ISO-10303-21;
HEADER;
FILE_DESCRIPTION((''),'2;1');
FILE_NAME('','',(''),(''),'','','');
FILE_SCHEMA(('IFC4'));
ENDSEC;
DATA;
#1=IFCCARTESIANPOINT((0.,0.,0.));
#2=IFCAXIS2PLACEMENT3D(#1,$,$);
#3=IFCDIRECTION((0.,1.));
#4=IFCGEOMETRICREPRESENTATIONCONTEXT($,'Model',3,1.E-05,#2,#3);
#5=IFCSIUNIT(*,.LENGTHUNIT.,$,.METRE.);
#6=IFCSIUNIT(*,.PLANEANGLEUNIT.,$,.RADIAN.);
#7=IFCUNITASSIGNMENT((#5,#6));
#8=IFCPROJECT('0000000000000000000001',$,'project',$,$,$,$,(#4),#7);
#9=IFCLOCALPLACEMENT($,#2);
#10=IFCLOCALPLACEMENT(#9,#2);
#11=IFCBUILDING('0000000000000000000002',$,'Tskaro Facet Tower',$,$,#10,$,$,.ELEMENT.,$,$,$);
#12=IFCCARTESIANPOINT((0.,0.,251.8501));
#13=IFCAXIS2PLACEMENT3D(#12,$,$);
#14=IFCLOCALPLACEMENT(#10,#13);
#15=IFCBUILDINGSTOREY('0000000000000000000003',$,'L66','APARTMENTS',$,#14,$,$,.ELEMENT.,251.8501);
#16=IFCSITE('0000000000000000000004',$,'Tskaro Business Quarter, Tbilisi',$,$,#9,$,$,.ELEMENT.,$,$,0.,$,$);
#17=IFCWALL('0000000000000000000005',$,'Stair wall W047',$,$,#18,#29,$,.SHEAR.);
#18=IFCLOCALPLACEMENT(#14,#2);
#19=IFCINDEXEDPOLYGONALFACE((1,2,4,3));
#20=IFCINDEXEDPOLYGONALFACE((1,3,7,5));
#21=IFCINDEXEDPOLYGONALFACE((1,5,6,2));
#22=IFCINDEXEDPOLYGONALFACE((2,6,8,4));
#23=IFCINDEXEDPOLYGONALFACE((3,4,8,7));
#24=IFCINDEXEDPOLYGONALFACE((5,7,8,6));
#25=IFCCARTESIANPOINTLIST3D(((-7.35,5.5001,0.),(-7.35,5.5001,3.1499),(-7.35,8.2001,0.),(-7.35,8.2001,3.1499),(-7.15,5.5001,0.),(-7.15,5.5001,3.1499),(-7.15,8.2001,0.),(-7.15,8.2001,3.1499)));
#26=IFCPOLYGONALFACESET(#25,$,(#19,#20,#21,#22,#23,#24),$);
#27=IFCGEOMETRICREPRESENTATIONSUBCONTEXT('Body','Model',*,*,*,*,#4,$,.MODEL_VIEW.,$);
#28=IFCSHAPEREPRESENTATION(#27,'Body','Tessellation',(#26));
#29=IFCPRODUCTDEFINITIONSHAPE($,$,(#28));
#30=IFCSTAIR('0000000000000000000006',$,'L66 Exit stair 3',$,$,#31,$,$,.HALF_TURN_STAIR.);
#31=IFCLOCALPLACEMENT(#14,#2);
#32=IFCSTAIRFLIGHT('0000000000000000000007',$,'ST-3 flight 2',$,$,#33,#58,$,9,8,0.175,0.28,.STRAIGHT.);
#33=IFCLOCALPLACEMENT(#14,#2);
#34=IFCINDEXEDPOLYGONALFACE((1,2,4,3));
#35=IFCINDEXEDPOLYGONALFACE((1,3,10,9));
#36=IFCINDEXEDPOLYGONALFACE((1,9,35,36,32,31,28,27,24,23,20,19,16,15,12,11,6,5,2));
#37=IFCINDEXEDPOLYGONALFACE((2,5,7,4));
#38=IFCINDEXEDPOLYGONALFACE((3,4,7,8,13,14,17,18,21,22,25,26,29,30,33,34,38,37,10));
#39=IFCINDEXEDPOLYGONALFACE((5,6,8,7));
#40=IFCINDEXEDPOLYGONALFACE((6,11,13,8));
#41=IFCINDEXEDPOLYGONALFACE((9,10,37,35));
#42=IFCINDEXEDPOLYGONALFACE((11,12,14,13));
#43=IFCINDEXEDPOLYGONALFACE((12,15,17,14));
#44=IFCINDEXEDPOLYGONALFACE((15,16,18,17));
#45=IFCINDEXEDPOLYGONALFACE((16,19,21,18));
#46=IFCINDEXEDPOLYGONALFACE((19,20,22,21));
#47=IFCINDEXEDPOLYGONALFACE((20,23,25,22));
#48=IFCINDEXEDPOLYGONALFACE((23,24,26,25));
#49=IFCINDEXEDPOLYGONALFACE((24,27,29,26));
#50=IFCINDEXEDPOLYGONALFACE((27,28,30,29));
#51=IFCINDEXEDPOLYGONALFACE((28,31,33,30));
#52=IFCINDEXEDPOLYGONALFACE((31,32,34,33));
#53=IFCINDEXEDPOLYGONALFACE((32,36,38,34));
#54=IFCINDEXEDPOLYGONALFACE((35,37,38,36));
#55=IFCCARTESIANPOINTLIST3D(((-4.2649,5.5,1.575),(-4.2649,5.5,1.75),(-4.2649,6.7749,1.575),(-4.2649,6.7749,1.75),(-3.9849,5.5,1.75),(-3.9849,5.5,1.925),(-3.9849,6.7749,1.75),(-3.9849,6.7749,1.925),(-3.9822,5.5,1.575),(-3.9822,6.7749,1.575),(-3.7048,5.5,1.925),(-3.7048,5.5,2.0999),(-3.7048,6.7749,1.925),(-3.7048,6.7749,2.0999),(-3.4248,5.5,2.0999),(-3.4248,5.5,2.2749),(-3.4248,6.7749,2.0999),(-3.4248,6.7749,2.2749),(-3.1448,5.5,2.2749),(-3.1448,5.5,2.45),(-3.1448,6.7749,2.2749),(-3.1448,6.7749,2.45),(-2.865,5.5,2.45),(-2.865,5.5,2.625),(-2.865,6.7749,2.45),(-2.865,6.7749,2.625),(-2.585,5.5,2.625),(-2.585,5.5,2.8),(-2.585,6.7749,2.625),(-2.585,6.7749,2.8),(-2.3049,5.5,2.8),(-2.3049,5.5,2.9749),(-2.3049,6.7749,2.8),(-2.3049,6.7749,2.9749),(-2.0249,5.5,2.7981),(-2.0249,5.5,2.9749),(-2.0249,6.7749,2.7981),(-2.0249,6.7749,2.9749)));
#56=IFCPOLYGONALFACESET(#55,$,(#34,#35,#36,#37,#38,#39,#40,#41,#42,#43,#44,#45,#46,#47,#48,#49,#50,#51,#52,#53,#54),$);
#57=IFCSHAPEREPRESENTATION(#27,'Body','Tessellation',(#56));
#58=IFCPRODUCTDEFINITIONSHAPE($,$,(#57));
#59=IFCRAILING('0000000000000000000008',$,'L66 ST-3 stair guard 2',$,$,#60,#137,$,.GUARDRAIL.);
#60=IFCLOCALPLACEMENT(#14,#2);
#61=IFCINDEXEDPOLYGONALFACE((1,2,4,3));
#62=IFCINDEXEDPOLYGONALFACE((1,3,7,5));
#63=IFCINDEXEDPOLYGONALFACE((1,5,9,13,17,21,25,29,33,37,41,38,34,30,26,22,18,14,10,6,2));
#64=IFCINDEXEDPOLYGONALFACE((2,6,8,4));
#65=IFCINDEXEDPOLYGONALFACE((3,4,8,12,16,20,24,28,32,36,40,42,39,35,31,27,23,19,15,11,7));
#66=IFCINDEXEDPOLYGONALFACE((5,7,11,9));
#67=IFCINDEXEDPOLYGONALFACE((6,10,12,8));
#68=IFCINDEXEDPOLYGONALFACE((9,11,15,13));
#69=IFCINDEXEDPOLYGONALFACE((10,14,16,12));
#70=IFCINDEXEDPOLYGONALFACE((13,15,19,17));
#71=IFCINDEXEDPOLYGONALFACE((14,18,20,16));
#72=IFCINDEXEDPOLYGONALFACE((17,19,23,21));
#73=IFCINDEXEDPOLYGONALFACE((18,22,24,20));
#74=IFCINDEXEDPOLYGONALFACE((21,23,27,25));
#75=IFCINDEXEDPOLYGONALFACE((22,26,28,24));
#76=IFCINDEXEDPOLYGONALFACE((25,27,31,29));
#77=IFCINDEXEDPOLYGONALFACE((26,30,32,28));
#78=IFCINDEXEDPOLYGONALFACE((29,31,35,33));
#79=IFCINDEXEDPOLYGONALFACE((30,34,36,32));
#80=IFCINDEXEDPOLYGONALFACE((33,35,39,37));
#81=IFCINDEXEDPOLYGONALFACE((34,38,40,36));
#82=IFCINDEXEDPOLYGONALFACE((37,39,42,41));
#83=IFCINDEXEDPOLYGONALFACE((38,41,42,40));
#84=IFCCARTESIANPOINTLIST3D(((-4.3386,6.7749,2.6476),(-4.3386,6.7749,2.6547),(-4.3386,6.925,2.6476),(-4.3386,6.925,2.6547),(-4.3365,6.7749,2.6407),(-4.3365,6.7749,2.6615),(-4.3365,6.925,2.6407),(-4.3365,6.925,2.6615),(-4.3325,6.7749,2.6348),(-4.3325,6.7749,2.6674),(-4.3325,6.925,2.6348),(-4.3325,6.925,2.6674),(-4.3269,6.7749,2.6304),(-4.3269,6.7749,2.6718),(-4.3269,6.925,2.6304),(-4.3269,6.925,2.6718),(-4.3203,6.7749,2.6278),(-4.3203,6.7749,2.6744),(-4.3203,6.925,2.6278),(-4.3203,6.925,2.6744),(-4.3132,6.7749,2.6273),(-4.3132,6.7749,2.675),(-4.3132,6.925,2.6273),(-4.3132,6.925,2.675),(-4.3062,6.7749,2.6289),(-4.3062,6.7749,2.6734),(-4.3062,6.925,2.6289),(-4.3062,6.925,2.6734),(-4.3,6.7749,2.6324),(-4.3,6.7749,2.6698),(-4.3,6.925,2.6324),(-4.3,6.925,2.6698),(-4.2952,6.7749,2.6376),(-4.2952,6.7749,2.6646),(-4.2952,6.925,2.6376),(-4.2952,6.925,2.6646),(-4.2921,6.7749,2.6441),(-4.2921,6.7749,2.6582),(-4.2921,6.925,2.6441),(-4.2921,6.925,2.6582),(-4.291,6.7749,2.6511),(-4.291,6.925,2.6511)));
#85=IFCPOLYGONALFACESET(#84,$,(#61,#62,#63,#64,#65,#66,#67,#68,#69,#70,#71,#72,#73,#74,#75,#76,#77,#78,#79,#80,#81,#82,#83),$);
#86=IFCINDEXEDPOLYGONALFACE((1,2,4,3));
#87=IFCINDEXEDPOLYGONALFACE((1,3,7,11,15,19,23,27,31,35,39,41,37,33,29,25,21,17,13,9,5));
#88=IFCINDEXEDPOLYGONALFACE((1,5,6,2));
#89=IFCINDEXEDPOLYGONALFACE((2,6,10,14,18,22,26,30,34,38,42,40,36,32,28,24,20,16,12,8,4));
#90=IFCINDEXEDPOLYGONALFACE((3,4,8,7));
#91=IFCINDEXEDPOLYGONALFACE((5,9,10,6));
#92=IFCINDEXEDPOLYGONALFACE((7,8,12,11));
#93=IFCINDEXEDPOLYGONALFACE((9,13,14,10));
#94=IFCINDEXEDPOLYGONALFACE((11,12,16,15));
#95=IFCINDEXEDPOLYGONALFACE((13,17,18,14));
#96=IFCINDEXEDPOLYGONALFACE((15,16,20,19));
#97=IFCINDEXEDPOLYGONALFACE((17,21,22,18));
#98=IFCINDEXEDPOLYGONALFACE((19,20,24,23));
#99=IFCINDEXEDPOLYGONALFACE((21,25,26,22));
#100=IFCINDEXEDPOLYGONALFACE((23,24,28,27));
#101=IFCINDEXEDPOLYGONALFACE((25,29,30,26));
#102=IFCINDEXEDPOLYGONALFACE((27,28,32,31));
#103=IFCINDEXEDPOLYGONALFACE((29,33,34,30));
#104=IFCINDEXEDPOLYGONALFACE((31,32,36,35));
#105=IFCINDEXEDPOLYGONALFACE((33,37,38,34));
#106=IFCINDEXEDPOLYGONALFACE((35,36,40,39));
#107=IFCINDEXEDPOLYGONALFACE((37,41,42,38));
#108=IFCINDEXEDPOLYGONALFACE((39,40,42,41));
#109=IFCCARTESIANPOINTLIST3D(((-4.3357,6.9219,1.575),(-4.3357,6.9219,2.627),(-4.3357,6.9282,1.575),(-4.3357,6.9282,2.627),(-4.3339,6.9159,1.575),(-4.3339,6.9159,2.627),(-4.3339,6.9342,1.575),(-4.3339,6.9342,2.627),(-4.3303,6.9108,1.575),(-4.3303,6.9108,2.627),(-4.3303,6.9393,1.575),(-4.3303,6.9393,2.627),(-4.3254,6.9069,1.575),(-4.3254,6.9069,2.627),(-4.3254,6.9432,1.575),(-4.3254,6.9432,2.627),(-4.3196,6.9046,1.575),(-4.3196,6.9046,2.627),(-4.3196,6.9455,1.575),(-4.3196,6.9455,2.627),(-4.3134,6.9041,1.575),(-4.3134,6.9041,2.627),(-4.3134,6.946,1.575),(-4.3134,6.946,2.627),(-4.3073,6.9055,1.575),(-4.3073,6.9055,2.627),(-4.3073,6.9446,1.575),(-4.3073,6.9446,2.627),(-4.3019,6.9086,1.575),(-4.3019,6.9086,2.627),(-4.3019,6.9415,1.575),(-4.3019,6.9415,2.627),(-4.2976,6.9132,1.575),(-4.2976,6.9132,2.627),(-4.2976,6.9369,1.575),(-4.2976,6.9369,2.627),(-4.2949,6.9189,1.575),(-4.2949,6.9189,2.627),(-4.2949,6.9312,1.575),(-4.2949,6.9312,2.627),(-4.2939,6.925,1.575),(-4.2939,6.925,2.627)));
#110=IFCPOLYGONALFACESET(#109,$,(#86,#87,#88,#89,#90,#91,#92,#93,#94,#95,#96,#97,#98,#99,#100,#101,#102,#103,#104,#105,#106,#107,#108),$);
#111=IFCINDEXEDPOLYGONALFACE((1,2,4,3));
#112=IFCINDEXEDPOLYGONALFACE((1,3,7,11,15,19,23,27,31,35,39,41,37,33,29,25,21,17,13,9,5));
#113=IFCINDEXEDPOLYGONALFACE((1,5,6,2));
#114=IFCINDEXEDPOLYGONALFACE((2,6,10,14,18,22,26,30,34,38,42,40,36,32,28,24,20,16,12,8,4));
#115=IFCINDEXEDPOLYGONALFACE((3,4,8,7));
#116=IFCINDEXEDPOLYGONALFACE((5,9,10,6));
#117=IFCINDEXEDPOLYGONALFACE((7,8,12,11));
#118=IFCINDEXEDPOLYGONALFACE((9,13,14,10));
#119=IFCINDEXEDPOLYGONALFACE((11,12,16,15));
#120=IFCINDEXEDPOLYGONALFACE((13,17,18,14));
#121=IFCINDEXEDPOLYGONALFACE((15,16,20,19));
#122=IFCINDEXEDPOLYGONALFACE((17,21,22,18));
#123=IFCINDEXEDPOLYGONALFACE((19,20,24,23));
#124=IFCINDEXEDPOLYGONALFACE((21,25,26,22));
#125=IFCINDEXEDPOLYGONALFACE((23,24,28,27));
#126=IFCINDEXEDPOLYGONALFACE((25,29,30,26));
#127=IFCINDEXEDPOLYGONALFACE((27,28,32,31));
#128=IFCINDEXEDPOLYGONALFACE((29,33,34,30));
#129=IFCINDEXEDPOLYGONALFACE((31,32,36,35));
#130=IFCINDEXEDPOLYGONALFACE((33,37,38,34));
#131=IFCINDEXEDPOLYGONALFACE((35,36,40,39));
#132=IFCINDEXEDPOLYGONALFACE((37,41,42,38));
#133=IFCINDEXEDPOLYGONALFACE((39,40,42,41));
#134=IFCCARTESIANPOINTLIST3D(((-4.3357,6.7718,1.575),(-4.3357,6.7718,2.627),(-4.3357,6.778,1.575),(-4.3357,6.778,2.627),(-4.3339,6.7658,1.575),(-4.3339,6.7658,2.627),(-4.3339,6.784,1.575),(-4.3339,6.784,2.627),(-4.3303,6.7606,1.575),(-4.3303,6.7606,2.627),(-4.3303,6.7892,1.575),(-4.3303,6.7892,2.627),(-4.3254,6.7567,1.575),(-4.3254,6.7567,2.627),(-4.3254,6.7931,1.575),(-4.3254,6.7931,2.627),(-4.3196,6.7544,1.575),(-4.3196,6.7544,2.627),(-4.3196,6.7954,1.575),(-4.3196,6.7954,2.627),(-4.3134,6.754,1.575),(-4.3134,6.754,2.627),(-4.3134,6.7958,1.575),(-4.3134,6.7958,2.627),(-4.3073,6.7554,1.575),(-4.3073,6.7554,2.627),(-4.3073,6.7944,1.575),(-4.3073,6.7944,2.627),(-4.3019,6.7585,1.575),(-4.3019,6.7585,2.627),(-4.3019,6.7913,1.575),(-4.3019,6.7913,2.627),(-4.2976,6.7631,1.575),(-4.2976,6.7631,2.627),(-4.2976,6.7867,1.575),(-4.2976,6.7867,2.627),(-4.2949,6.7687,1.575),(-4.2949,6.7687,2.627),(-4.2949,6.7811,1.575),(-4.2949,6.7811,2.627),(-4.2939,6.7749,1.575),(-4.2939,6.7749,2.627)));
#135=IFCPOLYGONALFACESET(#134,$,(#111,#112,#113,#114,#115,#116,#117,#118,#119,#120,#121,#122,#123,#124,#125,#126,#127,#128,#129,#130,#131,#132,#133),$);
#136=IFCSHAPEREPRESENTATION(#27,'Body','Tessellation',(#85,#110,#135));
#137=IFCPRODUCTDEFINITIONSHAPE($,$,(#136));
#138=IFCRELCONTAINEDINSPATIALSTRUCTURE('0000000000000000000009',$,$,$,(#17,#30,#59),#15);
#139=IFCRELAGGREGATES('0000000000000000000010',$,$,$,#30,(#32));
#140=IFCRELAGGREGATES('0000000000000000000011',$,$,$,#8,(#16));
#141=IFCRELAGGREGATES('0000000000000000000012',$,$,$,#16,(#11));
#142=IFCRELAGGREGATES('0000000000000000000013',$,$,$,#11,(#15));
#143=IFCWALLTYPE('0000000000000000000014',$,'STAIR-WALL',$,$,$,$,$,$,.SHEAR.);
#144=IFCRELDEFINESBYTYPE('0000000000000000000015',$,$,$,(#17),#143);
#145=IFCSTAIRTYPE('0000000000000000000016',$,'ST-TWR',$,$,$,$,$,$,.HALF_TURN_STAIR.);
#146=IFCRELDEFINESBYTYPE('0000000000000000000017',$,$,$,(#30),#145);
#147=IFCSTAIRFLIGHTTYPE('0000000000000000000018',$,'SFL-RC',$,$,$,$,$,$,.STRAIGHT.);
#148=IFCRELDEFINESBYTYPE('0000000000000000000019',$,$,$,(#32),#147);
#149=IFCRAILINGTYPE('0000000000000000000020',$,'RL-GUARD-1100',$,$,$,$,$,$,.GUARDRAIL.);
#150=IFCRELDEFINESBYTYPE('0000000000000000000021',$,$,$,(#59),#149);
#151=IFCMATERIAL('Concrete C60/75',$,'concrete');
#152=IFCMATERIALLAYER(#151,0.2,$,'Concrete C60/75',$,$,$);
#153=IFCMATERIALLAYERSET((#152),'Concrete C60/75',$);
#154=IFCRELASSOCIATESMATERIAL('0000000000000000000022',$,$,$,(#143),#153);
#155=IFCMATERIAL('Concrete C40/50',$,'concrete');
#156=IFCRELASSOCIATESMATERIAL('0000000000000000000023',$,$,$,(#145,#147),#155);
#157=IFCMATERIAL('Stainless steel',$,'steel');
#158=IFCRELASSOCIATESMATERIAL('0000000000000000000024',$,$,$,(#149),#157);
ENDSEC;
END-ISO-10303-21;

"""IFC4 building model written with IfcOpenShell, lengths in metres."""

from ifc_helpers import new_model, si_unit, direction, frame, frame_2d, origin, origin_2d, place, context, subcontext, project, spatial, polyline, rectangle, circle, outline, extrude, material, layer, layer_set, type_object, element, aggregate, save


model = new_model("IFC4")

# Units and contexts
model_context = context("Model", 3, precision=1e-05, world=origin(), true_north=direction((0.0, 1.0)))
body_context = subcontext(model_context, "Body", "Model", "MODEL_VIEW")
ifc_project = project(units=[si_unit("LENGTHUNIT", "METRE"), si_unit("PLANEANGLEUNIT", "RADIAN")], contexts=[model_context])

# Site, building, storey
site_placement = place(None, origin())
site = spatial("IfcSite", under=ifc_project, at=site_placement, Name="Tskaro Business Quarter, Tbilisi", CompositionType="ELEMENT", RefElevation=0.0)
building_placement = place(site_placement, origin())
building = spatial("IfcBuilding", under=site, at=building_placement, Name="Tskaro Facet Tower", CompositionType="ELEMENT")
storey_placement = place(building_placement, frame((0.0, 0.0, 251.8501)))
storey = spatial("IfcBuildingStorey", under=building, at=storey_placement, Name="L66", Description="APARTMENTS", CompositionType="ELEMENT", Elevation=251.8501)

# Shared definitions
ifc_material_1 = material(Name="Concrete C40/50", Category="concrete")

# Shared definitions
ifc_material_2 = material(Name="Concrete C60/75", Category="concrete")
ifc_layer_1 = layer(ifc_material_2, 0.2, Name="Concrete C60/75")
ifc_layer_set_1 = layer_set([ifc_layer_1], Name="Concrete C60/75")
wall_type_1 = type_object("IfcWallType", Name="STAIR-WALL", PredefinedType="SHEAR", material=ifc_layer_set_1)

# Wall
wall_1_placement = place(storey_placement, frame((-7.25, 5.5, 0.0), z_axis=(0.0, 0.0, 1.0), x_axis=(0.0, 1.0, 0.0)))
element("IfcWall", 1, at=wall_1_placement, inside=storey, type_object=wall_type_1, Name="Stair wall W047", PredefinedType="SHEAR", context=body_context, shape_type="SweptSolid", body=[
    extrude(rectangle(XDim=2.7, YDim=0.2, at=frame_2d((1.3501, 0.0))), origin(), (0.0, 0.0, 1.0), 3.1499),
])

# Stair, stair flight
stair_type = type_object("IfcStairType", Name="ST-TWR", PredefinedType="HALF_TURN_STAIR", material=ifc_material_1)
stair_placement = place(storey_placement, origin())
stair = element("IfcStair", 2, at=stair_placement, inside=storey, type_object=stair_type, Name="L66 Exit stair 3", PredefinedType="HALF_TURN_STAIR")
stair_flight_type = type_object("IfcStairFlightType", Name="SFL-RC", PredefinedType="STRAIGHT", material=ifc_material_1)
stair_flight_placement = place(storey_placement, frame((-4.2649, 6.1375, 1.575), z_axis=(0.0, 0.0, 1.0), x_axis=(1.0, 0.0, 0.0)))
stair_flight = element("IfcStairFlight", 3, at=stair_flight_placement, type_object=stair_flight_type, Name="ST-3 flight 2", NumberOfRisers=9, NumberOfTreads=8, PredefinedType="STRAIGHT", RiserHeight=0.175, TreadLength=0.28, context=body_context, shape_type="SweptSolid", body=[
    extrude(outline(polyline([(0.0, 0.0), (0.0, 0.175), (0.28, 0.175), (0.28, 0.3501), (0.5601, 0.3501), (0.5601, 0.5249), (0.8401, 0.5249), (0.8401, 0.7), (1.1201, 0.7), (1.1201, 0.875), (1.3999, 0.875), (1.3999, 1.05), (1.6799, 1.05), (1.6799, 1.2251), (1.96, 1.2251), (1.96, 1.3999), (2.24, 1.3999), (2.24, 1.575), (2.24, 1.2231), (0.2827, 0.0), (0.0, 0.0)])), frame((0.0, 0.6375, 0.0), z_axis=(0.0, -1.0, 0.0), x_axis=(1.0, 0.0, 0.0)), (0.0, 0.0, 1.0), 1.2749),
])
aggregate(stair, [stair_flight])

# Railing
ifc_material_3 = material(Name="Stainless steel", Category="steel")
railing_type_1 = type_object("IfcRailingType", Name="RL-GUARD-1100", PredefinedType="GUARDRAIL", material=ifc_material_3)
railing_1_placement = place(storey_placement, frame((-4.3149, 6.925, 1.575)))
element("IfcRailing", 4, at=railing_1_placement, inside=storey, type_object=railing_type_1, Name="L66 ST-3 stair guard 2", PredefinedType="GUARDRAIL", context=body_context, shape_type="SweptSolid", body=[
    extrude(circle(Radius=0.0239, at=origin_2d()), frame((0.0, 0.0, 1.0762), z_axis=(0.0, -1.0, 0.0), x_axis=(1.0, 0.0, 0.0)), (0.0, 0.0, 1.0), 0.1501),
    extrude(circle(Radius=0.021, at=origin_2d()), origin(), (0.0, 0.0, 1.0), 1.052),
    extrude(circle(Radius=0.021, at=origin_2d()), frame((0.0, -0.1501, 0.0)), (0.0, 0.0, 1.0), 1.052),
])

save(model, "model.ifc")
